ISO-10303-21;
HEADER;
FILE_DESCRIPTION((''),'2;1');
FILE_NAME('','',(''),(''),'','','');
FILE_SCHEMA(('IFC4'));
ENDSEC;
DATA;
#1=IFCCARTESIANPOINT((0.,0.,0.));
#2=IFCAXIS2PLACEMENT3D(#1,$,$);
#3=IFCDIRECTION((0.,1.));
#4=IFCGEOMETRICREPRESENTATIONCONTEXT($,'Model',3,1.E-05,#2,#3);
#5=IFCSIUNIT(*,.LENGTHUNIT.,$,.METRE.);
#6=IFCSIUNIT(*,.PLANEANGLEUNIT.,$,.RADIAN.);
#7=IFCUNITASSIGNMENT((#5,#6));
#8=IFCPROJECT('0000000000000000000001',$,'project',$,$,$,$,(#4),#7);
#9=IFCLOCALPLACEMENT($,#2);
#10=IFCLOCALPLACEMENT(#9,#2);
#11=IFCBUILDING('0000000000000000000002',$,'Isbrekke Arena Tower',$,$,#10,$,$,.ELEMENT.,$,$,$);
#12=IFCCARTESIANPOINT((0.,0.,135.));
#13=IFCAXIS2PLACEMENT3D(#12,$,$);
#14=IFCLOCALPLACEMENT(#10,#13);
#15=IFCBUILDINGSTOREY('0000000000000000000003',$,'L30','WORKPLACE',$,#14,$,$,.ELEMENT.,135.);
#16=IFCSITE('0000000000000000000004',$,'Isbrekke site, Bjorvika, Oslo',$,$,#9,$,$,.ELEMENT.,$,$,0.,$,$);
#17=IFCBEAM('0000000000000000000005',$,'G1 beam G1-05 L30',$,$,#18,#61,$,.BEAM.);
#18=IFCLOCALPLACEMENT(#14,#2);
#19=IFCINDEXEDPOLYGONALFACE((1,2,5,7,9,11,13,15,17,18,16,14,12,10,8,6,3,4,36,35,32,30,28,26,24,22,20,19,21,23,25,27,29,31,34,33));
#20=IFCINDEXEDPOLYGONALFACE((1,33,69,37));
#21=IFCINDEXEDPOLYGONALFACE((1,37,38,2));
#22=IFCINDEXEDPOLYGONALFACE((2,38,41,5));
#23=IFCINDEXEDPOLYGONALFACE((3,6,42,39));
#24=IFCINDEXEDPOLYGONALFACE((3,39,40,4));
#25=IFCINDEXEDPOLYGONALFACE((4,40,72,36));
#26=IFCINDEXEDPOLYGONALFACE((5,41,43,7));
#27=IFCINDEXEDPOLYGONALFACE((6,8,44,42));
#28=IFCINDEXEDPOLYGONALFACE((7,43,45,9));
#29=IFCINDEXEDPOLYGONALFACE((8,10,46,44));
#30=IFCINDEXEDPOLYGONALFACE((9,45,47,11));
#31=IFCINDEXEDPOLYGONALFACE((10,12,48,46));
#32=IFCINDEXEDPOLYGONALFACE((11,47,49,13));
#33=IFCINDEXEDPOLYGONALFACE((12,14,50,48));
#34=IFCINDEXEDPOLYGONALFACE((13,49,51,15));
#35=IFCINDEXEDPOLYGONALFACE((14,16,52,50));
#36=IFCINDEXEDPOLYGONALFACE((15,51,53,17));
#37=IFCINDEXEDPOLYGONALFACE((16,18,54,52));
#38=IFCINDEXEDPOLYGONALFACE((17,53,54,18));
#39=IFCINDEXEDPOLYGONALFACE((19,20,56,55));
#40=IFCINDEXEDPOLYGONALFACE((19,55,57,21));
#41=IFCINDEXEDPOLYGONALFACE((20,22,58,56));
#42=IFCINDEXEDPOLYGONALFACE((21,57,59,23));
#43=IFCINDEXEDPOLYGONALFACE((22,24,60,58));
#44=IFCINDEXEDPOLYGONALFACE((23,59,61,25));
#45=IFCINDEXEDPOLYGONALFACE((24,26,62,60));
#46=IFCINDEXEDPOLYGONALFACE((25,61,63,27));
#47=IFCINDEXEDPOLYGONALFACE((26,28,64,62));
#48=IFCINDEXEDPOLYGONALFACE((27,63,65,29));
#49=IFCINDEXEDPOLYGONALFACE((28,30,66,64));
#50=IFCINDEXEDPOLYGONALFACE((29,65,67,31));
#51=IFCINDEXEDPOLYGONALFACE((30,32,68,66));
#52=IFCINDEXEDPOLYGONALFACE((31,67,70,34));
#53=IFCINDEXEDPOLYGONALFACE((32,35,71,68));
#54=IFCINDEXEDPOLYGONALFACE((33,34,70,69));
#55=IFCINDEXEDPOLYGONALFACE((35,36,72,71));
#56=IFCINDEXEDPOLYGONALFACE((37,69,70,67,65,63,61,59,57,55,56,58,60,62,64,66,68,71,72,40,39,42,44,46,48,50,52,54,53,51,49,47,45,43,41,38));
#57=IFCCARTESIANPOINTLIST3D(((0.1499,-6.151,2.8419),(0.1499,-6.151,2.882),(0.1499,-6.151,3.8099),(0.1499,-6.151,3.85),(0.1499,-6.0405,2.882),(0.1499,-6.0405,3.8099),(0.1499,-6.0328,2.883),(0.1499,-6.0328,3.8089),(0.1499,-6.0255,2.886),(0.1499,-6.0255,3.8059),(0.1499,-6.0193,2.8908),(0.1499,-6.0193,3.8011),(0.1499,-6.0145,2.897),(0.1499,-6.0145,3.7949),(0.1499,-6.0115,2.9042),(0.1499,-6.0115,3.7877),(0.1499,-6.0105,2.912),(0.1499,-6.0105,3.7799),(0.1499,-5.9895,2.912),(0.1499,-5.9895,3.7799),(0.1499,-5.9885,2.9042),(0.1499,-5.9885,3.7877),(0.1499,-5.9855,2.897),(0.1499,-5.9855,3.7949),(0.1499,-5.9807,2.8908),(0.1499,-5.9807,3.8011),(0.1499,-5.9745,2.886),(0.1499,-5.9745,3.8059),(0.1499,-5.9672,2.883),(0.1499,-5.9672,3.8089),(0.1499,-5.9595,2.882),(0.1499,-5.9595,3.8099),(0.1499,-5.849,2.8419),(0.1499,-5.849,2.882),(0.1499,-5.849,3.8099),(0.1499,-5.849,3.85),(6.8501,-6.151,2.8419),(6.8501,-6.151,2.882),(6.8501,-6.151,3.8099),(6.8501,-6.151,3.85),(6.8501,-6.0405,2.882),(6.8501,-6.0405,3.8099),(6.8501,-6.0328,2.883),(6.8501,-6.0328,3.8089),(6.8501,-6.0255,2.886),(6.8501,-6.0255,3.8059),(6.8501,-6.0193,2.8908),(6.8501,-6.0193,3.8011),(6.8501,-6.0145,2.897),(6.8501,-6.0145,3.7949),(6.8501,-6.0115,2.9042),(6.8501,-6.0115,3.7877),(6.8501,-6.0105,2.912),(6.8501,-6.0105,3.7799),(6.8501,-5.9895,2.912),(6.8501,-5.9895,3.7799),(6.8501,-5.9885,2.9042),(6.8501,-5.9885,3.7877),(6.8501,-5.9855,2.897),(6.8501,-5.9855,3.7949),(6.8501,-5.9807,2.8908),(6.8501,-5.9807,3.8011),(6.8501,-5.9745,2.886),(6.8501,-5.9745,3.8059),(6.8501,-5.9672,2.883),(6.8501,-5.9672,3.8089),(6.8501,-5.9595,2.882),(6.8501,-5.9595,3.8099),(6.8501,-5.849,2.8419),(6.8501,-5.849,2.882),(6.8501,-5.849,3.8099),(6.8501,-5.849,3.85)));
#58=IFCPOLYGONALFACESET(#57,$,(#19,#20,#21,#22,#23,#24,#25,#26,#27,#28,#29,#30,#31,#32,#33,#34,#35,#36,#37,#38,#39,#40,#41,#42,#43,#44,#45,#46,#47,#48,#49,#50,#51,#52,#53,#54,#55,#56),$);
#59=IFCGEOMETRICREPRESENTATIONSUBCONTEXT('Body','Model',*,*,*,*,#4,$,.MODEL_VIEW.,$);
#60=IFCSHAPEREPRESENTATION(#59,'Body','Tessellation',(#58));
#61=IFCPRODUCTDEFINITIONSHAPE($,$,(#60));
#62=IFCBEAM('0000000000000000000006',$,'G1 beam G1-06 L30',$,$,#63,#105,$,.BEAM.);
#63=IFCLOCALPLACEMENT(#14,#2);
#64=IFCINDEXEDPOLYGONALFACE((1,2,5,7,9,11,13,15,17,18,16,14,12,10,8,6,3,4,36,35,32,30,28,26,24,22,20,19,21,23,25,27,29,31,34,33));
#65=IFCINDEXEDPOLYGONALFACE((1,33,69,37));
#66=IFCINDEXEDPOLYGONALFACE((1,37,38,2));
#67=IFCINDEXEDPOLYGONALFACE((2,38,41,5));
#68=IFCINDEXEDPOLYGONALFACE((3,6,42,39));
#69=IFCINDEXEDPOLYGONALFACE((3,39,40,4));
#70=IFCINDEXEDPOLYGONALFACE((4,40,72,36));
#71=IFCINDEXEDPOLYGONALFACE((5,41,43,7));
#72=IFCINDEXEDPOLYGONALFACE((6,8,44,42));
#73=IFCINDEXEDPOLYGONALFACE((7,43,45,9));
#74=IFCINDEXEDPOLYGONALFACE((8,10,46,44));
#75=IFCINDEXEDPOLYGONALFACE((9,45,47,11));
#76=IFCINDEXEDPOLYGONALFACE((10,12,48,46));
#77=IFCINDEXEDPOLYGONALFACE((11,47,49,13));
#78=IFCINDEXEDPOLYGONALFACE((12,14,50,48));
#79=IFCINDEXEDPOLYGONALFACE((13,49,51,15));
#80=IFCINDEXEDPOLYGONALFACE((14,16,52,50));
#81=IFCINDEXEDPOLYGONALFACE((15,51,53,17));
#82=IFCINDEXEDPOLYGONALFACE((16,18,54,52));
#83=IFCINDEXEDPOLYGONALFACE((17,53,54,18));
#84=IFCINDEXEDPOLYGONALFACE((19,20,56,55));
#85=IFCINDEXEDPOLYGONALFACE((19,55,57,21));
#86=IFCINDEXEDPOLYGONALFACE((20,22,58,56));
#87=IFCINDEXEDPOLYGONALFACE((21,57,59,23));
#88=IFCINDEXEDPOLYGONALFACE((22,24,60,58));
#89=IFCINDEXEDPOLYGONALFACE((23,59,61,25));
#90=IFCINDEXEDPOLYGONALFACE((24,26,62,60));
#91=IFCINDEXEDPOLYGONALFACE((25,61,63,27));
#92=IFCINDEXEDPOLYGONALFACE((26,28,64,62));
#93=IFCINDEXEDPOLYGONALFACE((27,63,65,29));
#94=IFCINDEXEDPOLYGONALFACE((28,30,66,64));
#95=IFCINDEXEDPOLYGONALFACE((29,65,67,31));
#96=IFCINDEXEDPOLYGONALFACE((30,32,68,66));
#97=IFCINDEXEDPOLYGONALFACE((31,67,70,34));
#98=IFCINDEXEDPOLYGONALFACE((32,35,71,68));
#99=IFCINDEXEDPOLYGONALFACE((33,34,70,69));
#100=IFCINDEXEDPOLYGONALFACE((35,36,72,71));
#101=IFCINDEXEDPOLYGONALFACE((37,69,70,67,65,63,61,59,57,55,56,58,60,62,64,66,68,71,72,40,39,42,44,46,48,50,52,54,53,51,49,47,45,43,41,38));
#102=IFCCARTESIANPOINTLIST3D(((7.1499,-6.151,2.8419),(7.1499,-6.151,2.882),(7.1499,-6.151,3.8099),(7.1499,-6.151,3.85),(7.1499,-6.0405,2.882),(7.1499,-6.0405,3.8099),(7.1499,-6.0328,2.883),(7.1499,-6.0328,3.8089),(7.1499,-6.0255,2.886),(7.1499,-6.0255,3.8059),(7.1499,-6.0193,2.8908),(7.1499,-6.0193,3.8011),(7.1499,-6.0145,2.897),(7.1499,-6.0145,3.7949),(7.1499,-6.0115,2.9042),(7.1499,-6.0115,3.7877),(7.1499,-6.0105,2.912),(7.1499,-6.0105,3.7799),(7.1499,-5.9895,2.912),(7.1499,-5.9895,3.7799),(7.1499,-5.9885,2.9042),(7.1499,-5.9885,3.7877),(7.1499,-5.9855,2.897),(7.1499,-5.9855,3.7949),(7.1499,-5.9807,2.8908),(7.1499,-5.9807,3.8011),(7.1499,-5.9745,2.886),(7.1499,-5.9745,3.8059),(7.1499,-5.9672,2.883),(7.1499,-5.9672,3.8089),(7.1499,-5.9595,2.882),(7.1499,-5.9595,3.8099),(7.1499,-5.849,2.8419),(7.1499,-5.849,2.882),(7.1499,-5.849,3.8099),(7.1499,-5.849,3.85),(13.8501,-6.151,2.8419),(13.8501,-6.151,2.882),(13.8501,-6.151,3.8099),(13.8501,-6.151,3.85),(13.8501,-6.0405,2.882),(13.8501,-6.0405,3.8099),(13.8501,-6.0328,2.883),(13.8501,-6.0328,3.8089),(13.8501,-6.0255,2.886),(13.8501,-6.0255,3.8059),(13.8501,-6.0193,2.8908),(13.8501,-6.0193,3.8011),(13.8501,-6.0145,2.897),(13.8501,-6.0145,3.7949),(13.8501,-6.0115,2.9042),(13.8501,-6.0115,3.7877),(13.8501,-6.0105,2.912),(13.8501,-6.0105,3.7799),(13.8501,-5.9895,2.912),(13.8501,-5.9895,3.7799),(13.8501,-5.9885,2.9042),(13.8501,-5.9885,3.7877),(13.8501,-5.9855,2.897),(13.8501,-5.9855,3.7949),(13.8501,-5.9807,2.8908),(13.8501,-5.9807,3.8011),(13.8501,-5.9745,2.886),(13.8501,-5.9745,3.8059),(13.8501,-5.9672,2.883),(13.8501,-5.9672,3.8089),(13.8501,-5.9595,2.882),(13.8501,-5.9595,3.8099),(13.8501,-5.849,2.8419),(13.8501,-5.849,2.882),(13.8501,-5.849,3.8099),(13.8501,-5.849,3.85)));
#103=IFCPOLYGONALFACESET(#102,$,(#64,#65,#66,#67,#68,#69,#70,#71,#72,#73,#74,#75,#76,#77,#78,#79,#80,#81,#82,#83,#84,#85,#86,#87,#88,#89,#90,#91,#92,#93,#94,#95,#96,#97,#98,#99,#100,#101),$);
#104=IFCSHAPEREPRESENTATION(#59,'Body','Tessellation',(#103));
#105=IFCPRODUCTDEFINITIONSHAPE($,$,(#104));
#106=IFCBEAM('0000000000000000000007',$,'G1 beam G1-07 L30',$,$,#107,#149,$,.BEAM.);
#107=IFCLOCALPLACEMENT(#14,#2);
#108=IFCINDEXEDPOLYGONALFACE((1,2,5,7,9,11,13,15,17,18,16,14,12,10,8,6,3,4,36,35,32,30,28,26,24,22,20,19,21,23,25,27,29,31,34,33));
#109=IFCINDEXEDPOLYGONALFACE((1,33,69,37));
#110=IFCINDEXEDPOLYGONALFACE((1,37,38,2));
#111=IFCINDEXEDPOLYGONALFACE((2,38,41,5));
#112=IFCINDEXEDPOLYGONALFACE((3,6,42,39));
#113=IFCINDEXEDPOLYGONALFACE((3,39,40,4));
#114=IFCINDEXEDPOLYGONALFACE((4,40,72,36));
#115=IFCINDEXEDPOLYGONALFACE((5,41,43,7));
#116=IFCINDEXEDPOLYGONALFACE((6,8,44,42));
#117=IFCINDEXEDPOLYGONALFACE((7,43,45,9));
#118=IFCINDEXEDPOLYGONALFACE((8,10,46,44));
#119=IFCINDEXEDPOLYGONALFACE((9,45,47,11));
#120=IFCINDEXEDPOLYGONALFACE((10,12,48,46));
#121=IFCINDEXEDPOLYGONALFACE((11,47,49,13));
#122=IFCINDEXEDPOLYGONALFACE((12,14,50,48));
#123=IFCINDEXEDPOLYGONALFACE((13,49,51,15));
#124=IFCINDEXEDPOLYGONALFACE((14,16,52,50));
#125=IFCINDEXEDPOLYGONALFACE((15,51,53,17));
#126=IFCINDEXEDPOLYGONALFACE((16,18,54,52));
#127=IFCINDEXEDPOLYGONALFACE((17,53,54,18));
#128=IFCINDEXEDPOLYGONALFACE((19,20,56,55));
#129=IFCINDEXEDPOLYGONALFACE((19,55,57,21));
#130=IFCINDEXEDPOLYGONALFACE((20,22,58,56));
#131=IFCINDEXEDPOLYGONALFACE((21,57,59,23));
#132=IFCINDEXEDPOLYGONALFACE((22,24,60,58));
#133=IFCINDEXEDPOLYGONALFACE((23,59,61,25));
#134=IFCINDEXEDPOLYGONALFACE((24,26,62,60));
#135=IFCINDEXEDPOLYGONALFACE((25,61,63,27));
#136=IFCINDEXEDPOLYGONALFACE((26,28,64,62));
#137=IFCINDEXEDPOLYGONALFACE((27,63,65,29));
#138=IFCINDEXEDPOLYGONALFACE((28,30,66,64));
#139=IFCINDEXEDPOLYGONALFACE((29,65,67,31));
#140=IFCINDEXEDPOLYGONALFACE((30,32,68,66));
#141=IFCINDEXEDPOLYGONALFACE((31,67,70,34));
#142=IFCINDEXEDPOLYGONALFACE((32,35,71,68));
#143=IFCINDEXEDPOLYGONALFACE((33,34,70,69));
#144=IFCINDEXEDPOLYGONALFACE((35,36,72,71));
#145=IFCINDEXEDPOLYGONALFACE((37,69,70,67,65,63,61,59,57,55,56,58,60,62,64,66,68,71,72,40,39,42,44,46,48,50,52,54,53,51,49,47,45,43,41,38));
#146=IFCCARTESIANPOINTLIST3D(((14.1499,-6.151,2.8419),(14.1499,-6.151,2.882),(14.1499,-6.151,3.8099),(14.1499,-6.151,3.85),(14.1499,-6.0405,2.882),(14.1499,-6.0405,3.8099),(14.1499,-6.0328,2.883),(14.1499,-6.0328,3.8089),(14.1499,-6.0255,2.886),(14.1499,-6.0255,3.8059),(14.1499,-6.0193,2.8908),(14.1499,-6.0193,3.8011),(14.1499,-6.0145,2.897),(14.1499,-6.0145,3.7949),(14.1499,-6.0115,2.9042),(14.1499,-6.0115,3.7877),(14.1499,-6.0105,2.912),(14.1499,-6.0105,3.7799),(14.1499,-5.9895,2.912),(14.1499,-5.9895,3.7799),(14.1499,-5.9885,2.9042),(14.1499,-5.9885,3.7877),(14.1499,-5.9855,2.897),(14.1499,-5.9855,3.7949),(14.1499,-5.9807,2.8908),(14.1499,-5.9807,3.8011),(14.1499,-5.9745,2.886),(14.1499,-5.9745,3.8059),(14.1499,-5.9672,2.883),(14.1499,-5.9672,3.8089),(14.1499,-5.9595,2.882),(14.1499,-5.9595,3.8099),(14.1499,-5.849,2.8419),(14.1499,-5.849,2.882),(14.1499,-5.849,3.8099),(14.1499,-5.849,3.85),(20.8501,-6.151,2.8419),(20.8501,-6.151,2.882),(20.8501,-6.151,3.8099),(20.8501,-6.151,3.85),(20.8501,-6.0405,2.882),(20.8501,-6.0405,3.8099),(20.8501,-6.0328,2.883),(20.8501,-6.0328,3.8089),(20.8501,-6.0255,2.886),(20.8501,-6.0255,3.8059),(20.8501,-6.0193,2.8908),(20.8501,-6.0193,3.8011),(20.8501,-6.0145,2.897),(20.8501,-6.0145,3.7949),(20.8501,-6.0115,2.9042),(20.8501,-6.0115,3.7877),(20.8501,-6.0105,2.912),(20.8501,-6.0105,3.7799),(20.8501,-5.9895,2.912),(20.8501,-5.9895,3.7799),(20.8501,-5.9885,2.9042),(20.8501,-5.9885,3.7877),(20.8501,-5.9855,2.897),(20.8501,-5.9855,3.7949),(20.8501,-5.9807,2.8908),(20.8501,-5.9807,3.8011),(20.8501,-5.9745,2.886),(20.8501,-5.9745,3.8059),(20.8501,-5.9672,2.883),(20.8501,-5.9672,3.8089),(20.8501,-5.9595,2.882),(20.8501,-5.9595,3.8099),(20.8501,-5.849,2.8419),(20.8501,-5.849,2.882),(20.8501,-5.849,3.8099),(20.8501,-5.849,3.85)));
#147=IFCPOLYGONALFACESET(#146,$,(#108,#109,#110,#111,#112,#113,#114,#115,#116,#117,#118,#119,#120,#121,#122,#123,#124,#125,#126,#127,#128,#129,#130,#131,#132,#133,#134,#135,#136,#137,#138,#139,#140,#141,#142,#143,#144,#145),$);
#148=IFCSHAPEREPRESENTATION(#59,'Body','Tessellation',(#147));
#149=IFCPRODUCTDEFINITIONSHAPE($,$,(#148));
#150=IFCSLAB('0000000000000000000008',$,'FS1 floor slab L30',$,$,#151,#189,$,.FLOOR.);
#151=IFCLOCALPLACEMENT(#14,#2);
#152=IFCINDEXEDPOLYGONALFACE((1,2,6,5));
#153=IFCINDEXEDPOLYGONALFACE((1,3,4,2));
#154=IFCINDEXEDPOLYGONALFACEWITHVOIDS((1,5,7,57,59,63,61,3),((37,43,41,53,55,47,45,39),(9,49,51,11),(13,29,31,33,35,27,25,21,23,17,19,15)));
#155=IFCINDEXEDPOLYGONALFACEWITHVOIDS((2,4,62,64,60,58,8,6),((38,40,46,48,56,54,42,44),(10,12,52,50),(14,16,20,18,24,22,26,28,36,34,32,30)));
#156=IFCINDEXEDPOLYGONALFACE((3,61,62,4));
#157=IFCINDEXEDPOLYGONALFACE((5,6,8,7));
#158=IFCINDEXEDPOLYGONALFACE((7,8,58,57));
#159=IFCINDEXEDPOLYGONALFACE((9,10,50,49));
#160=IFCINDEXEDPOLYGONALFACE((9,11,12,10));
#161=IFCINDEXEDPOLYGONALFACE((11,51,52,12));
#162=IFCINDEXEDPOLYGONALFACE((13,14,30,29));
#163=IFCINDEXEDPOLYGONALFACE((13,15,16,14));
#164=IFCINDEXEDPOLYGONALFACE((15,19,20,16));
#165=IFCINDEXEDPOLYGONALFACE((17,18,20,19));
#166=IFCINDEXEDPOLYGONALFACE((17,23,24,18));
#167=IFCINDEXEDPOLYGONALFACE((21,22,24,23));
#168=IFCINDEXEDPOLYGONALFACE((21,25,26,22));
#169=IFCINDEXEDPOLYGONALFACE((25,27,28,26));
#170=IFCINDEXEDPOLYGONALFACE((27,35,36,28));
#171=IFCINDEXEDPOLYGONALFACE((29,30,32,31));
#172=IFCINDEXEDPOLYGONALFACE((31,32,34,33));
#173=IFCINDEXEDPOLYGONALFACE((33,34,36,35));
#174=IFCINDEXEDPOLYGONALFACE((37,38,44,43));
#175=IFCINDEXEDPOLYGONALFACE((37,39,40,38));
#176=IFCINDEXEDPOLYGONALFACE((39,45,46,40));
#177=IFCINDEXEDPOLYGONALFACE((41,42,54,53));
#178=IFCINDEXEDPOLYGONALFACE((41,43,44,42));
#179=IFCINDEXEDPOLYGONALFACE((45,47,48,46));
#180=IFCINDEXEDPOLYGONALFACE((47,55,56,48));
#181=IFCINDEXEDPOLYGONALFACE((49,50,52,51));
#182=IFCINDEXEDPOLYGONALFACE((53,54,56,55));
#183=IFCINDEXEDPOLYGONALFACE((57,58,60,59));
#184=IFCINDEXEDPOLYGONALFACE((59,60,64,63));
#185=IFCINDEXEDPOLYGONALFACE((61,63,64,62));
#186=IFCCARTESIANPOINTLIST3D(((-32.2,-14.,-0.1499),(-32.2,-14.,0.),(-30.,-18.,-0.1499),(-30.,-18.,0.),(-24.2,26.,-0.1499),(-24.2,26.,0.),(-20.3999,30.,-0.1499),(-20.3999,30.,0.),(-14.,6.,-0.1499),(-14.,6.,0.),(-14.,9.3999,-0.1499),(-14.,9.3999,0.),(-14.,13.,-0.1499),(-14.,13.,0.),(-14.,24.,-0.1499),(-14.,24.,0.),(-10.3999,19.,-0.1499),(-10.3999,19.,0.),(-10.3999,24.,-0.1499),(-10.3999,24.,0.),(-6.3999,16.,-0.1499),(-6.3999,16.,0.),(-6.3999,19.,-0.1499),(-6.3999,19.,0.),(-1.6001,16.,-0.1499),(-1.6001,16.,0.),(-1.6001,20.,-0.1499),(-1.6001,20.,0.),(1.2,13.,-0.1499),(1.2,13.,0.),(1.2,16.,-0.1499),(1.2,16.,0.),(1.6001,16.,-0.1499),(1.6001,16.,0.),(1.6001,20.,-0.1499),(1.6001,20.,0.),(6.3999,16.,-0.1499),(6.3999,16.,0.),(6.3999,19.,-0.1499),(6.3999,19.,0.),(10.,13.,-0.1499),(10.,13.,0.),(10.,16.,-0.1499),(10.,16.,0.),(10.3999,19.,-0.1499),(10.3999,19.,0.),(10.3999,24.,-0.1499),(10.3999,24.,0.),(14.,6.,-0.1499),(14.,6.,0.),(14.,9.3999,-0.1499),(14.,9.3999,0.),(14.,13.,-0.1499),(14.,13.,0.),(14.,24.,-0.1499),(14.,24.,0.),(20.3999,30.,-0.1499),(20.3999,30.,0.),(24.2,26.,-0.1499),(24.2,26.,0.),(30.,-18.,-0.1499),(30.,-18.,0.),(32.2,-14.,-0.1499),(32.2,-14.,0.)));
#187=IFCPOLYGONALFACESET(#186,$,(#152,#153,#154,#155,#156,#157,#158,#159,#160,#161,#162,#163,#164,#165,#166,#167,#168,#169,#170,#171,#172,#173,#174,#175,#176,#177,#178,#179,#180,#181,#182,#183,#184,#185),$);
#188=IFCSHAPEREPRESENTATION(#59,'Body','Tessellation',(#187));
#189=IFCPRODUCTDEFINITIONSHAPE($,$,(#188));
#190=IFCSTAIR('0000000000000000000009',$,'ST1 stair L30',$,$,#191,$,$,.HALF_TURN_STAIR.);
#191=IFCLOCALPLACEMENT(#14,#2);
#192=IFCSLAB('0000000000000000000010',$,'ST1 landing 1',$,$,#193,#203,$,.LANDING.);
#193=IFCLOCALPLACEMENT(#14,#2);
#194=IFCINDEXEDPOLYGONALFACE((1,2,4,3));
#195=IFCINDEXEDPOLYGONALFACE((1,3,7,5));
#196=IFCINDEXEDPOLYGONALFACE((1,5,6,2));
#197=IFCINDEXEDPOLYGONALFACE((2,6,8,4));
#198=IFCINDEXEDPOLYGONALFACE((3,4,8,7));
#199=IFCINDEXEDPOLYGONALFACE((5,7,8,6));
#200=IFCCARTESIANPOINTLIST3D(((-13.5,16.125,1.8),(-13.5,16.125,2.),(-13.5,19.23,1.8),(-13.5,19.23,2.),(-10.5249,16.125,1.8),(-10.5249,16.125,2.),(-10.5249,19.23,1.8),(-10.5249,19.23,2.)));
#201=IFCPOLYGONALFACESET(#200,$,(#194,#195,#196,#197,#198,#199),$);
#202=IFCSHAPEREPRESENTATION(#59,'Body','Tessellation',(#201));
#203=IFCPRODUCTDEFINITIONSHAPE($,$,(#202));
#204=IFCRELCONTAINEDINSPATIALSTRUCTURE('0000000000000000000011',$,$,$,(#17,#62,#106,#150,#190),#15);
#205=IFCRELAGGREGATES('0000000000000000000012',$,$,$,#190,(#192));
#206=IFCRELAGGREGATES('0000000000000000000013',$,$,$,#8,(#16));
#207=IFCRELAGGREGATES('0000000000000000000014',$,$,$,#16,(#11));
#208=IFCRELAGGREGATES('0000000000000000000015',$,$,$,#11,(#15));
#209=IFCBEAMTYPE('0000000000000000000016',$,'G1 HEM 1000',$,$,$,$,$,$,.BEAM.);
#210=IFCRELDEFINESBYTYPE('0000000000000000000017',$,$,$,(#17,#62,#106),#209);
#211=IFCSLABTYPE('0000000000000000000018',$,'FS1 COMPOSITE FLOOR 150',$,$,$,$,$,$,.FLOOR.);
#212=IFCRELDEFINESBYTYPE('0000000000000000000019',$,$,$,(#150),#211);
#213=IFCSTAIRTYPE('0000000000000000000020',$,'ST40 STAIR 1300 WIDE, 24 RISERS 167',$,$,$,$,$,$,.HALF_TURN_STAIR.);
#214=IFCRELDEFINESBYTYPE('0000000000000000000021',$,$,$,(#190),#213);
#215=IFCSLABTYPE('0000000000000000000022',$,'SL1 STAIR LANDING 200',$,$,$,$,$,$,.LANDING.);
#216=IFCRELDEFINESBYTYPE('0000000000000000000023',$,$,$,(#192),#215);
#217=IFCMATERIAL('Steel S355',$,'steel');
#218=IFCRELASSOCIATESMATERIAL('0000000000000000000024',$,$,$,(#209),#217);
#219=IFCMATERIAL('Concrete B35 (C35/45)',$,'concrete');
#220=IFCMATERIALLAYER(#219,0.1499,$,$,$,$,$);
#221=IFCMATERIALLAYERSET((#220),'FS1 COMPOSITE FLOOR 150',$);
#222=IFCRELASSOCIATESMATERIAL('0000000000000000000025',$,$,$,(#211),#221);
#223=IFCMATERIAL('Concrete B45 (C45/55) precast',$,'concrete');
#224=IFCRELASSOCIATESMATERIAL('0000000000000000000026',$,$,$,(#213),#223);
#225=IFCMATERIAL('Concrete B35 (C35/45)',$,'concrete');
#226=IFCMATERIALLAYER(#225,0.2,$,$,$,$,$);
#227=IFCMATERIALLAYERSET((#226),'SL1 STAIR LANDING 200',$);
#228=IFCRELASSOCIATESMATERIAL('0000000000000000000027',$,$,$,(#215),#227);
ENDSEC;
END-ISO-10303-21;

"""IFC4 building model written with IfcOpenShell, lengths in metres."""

from ifc_helpers import new_model, si_unit, direction, frame, origin, origin_2d, place, context, subcontext, project, spatial, polyline, i_section, outline, extrude, material, layer, layer_set, material_profile, profile_set, type_object, element, aggregate, save


model = new_model("IFC4")

# Units and contexts
model_context = context("Model", 3, precision=1e-05, world=origin(), true_north=direction((0.0, 1.0)))
body_context = subcontext(model_context, "Body", "Model", "MODEL_VIEW")
ifc_project = project(units=[si_unit("LENGTHUNIT", "METRE"), si_unit("PLANEANGLEUNIT", "RADIAN")], contexts=[model_context])

# Site, building, storey
site_placement = place(None, origin())
site = spatial("IfcSite", under=ifc_project, at=site_placement, Name="Isbrekke site, Bjorvika, Oslo", CompositionType="ELEMENT", RefElevation=0.0)
building_placement = place(site_placement, origin())
building = spatial("IfcBuilding", under=site, at=building_placement, Name="Isbrekke Arena Tower", CompositionType="ELEMENT")
storey_placement = place(building_placement, frame((0.0, 0.0, 135.0)))
storey = spatial("IfcBuildingStorey", under=building, at=storey_placement, Name="L30", Description="WORKPLACE", CompositionType="ELEMENT", Elevation=135.0)

# Beams
ifc_material_1 = material(Name="Steel S355", Category="steel")
ifc_material_profile_1 = material_profile(ifc_material_1, i_section(OverallWidth=0.302, OverallDepth=1.0081, WebThickness=0.021, FlangeThickness=0.04, FilletRadius=0.03, at=origin_2d()), Name="HEM 1000")
ifc_profile_set_1 = profile_set([ifc_material_profile_1], Name="Steel S355")
beam_type_1 = type_object("IfcBeamType", Name="G1 HEM 1000", PredefinedType="BEAM", material=ifc_profile_set_1)
for number, where, z_axis, x_axis, name in (
    (1, (0.1499, -6.0, 3.3459), (1.0, 0.0, 0.0), (0.0, 1.0, 0.0), "G1 beam G1-05 L30"),
    (2, (7.1499, -6.0, 3.3459), (1.0, 0.0, 0.0), (0.0, 1.0, 0.0), "G1 beam G1-06 L30"),
    (3, (14.1499, -6.0, 3.3459), (1.0, 0.0, 0.0), (0.0, 1.0, 0.0), "G1 beam G1-07 L30"),
):
    element("IfcBeam", number, at=place(storey_placement, frame(where, z_axis=z_axis, x_axis=x_axis)), inside=storey, type_object=beam_type_1, Name=name, PredefinedType="BEAM", context=body_context, shape_type="SweptSolid", body=[
        extrude(i_section(OverallWidth=0.302, OverallDepth=1.0081, WebThickness=0.021, FlangeThickness=0.04, FilletRadius=0.03, at=origin_2d()), origin(), (0.0, 0.0, 1.0), 6.7002),
    ])

# Slab
ifc_material_2 = material(Name="Concrete B35 (C35/45)", Category="concrete")
ifc_layer_1 = layer(ifc_material_2, 0.1499)
ifc_layer_set_1 = layer_set([ifc_layer_1], Name="FS1 COMPOSITE FLOOR 150")
slab_type_1 = type_object("IfcSlabType", Name="FS1 COMPOSITE FLOOR 150", PredefinedType="FLOOR", material=ifc_layer_set_1)
slab_1_placement = place(storey_placement, frame((0.0, 0.0, -0.1499)))
element("IfcSlab", 4, at=slab_1_placement, inside=storey, type_object=slab_type_1, Name="FS1 floor slab L30", PredefinedType="FLOOR", context=body_context, shape_type="SweptSolid", body=[
    extrude(outline(polyline([(-30.0, -18.0), (30.0, -18.0), (32.2, -14.0), (24.2, 26.0), (20.3999, 30.0), (-20.3999, 30.0), (-24.2, 26.0), (-32.2, -14.0), (-30.0, -18.0)]), holes=[polyline([(14.0, 9.3999), (14.0, 6.0), (-14.0, 6.0), (-14.0, 9.3999), (14.0, 9.3999)]), polyline([(-6.3999, 19.0), (-6.3999, 16.0), (-1.6001, 16.0), (-1.6001, 20.0), (1.6001, 20.0), (1.6001, 16.0), (1.2, 16.0), (1.2, 13.0), (-14.0, 13.0), (-14.0, 24.0), (-10.3999, 24.0), (-10.3999, 19.0), (-6.3999, 19.0)]), polyline([(10.0, 13.0), (10.0, 16.0), (6.3999, 16.0), (6.3999, 19.0), (10.3999, 19.0), (10.3999, 24.0), (14.0, 24.0), (14.0, 13.0), (10.0, 13.0)])]), origin(), (0.0, 0.0, 1.0), 0.1499),
])

# Stair, slab
ifc_material_3 = material(Name="Concrete B45 (C45/55) precast", Category="concrete")
stair_type = type_object("IfcStairType", Name="ST40 STAIR 1300 WIDE, 24 RISERS 167", PredefinedType="HALF_TURN_STAIR", material=ifc_material_3)
stair_1_placement = place(storey_placement, origin())
stair_1 = element("IfcStair", 5, at=stair_1_placement, inside=storey, type_object=stair_type, Name="ST1 stair L30", PredefinedType="HALF_TURN_STAIR")
ifc_material_4 = material(Name="Concrete B35 (C35/45)", Category="concrete")
ifc_layer_2 = layer(ifc_material_4, 0.2)
ifc_layer_set_2 = layer_set([ifc_layer_2], Name="SL1 STAIR LANDING 200")
slab_type_2 = type_object("IfcSlabType", Name="SL1 STAIR LANDING 200", PredefinedType="LANDING", material=ifc_layer_set_2)
slab_2_placement = place(storey_placement, frame((0.0, 0.0, 1.8)))
slab_2 = element("IfcSlab", 6, at=slab_2_placement, type_object=slab_type_2, Name="ST1 landing 1", PredefinedType="LANDING", context=body_context, shape_type="SweptSolid", body=[
    extrude(outline(polyline([(-13.5, 16.125), (-10.5249, 16.125), (-10.5249, 19.23), (-13.5, 19.23), (-13.5, 16.125)])), origin(), (0.0, 0.0, 1.0), 0.2),
])
aggregate(stair_1, [slab_2])

save(model, "model.ifc")
